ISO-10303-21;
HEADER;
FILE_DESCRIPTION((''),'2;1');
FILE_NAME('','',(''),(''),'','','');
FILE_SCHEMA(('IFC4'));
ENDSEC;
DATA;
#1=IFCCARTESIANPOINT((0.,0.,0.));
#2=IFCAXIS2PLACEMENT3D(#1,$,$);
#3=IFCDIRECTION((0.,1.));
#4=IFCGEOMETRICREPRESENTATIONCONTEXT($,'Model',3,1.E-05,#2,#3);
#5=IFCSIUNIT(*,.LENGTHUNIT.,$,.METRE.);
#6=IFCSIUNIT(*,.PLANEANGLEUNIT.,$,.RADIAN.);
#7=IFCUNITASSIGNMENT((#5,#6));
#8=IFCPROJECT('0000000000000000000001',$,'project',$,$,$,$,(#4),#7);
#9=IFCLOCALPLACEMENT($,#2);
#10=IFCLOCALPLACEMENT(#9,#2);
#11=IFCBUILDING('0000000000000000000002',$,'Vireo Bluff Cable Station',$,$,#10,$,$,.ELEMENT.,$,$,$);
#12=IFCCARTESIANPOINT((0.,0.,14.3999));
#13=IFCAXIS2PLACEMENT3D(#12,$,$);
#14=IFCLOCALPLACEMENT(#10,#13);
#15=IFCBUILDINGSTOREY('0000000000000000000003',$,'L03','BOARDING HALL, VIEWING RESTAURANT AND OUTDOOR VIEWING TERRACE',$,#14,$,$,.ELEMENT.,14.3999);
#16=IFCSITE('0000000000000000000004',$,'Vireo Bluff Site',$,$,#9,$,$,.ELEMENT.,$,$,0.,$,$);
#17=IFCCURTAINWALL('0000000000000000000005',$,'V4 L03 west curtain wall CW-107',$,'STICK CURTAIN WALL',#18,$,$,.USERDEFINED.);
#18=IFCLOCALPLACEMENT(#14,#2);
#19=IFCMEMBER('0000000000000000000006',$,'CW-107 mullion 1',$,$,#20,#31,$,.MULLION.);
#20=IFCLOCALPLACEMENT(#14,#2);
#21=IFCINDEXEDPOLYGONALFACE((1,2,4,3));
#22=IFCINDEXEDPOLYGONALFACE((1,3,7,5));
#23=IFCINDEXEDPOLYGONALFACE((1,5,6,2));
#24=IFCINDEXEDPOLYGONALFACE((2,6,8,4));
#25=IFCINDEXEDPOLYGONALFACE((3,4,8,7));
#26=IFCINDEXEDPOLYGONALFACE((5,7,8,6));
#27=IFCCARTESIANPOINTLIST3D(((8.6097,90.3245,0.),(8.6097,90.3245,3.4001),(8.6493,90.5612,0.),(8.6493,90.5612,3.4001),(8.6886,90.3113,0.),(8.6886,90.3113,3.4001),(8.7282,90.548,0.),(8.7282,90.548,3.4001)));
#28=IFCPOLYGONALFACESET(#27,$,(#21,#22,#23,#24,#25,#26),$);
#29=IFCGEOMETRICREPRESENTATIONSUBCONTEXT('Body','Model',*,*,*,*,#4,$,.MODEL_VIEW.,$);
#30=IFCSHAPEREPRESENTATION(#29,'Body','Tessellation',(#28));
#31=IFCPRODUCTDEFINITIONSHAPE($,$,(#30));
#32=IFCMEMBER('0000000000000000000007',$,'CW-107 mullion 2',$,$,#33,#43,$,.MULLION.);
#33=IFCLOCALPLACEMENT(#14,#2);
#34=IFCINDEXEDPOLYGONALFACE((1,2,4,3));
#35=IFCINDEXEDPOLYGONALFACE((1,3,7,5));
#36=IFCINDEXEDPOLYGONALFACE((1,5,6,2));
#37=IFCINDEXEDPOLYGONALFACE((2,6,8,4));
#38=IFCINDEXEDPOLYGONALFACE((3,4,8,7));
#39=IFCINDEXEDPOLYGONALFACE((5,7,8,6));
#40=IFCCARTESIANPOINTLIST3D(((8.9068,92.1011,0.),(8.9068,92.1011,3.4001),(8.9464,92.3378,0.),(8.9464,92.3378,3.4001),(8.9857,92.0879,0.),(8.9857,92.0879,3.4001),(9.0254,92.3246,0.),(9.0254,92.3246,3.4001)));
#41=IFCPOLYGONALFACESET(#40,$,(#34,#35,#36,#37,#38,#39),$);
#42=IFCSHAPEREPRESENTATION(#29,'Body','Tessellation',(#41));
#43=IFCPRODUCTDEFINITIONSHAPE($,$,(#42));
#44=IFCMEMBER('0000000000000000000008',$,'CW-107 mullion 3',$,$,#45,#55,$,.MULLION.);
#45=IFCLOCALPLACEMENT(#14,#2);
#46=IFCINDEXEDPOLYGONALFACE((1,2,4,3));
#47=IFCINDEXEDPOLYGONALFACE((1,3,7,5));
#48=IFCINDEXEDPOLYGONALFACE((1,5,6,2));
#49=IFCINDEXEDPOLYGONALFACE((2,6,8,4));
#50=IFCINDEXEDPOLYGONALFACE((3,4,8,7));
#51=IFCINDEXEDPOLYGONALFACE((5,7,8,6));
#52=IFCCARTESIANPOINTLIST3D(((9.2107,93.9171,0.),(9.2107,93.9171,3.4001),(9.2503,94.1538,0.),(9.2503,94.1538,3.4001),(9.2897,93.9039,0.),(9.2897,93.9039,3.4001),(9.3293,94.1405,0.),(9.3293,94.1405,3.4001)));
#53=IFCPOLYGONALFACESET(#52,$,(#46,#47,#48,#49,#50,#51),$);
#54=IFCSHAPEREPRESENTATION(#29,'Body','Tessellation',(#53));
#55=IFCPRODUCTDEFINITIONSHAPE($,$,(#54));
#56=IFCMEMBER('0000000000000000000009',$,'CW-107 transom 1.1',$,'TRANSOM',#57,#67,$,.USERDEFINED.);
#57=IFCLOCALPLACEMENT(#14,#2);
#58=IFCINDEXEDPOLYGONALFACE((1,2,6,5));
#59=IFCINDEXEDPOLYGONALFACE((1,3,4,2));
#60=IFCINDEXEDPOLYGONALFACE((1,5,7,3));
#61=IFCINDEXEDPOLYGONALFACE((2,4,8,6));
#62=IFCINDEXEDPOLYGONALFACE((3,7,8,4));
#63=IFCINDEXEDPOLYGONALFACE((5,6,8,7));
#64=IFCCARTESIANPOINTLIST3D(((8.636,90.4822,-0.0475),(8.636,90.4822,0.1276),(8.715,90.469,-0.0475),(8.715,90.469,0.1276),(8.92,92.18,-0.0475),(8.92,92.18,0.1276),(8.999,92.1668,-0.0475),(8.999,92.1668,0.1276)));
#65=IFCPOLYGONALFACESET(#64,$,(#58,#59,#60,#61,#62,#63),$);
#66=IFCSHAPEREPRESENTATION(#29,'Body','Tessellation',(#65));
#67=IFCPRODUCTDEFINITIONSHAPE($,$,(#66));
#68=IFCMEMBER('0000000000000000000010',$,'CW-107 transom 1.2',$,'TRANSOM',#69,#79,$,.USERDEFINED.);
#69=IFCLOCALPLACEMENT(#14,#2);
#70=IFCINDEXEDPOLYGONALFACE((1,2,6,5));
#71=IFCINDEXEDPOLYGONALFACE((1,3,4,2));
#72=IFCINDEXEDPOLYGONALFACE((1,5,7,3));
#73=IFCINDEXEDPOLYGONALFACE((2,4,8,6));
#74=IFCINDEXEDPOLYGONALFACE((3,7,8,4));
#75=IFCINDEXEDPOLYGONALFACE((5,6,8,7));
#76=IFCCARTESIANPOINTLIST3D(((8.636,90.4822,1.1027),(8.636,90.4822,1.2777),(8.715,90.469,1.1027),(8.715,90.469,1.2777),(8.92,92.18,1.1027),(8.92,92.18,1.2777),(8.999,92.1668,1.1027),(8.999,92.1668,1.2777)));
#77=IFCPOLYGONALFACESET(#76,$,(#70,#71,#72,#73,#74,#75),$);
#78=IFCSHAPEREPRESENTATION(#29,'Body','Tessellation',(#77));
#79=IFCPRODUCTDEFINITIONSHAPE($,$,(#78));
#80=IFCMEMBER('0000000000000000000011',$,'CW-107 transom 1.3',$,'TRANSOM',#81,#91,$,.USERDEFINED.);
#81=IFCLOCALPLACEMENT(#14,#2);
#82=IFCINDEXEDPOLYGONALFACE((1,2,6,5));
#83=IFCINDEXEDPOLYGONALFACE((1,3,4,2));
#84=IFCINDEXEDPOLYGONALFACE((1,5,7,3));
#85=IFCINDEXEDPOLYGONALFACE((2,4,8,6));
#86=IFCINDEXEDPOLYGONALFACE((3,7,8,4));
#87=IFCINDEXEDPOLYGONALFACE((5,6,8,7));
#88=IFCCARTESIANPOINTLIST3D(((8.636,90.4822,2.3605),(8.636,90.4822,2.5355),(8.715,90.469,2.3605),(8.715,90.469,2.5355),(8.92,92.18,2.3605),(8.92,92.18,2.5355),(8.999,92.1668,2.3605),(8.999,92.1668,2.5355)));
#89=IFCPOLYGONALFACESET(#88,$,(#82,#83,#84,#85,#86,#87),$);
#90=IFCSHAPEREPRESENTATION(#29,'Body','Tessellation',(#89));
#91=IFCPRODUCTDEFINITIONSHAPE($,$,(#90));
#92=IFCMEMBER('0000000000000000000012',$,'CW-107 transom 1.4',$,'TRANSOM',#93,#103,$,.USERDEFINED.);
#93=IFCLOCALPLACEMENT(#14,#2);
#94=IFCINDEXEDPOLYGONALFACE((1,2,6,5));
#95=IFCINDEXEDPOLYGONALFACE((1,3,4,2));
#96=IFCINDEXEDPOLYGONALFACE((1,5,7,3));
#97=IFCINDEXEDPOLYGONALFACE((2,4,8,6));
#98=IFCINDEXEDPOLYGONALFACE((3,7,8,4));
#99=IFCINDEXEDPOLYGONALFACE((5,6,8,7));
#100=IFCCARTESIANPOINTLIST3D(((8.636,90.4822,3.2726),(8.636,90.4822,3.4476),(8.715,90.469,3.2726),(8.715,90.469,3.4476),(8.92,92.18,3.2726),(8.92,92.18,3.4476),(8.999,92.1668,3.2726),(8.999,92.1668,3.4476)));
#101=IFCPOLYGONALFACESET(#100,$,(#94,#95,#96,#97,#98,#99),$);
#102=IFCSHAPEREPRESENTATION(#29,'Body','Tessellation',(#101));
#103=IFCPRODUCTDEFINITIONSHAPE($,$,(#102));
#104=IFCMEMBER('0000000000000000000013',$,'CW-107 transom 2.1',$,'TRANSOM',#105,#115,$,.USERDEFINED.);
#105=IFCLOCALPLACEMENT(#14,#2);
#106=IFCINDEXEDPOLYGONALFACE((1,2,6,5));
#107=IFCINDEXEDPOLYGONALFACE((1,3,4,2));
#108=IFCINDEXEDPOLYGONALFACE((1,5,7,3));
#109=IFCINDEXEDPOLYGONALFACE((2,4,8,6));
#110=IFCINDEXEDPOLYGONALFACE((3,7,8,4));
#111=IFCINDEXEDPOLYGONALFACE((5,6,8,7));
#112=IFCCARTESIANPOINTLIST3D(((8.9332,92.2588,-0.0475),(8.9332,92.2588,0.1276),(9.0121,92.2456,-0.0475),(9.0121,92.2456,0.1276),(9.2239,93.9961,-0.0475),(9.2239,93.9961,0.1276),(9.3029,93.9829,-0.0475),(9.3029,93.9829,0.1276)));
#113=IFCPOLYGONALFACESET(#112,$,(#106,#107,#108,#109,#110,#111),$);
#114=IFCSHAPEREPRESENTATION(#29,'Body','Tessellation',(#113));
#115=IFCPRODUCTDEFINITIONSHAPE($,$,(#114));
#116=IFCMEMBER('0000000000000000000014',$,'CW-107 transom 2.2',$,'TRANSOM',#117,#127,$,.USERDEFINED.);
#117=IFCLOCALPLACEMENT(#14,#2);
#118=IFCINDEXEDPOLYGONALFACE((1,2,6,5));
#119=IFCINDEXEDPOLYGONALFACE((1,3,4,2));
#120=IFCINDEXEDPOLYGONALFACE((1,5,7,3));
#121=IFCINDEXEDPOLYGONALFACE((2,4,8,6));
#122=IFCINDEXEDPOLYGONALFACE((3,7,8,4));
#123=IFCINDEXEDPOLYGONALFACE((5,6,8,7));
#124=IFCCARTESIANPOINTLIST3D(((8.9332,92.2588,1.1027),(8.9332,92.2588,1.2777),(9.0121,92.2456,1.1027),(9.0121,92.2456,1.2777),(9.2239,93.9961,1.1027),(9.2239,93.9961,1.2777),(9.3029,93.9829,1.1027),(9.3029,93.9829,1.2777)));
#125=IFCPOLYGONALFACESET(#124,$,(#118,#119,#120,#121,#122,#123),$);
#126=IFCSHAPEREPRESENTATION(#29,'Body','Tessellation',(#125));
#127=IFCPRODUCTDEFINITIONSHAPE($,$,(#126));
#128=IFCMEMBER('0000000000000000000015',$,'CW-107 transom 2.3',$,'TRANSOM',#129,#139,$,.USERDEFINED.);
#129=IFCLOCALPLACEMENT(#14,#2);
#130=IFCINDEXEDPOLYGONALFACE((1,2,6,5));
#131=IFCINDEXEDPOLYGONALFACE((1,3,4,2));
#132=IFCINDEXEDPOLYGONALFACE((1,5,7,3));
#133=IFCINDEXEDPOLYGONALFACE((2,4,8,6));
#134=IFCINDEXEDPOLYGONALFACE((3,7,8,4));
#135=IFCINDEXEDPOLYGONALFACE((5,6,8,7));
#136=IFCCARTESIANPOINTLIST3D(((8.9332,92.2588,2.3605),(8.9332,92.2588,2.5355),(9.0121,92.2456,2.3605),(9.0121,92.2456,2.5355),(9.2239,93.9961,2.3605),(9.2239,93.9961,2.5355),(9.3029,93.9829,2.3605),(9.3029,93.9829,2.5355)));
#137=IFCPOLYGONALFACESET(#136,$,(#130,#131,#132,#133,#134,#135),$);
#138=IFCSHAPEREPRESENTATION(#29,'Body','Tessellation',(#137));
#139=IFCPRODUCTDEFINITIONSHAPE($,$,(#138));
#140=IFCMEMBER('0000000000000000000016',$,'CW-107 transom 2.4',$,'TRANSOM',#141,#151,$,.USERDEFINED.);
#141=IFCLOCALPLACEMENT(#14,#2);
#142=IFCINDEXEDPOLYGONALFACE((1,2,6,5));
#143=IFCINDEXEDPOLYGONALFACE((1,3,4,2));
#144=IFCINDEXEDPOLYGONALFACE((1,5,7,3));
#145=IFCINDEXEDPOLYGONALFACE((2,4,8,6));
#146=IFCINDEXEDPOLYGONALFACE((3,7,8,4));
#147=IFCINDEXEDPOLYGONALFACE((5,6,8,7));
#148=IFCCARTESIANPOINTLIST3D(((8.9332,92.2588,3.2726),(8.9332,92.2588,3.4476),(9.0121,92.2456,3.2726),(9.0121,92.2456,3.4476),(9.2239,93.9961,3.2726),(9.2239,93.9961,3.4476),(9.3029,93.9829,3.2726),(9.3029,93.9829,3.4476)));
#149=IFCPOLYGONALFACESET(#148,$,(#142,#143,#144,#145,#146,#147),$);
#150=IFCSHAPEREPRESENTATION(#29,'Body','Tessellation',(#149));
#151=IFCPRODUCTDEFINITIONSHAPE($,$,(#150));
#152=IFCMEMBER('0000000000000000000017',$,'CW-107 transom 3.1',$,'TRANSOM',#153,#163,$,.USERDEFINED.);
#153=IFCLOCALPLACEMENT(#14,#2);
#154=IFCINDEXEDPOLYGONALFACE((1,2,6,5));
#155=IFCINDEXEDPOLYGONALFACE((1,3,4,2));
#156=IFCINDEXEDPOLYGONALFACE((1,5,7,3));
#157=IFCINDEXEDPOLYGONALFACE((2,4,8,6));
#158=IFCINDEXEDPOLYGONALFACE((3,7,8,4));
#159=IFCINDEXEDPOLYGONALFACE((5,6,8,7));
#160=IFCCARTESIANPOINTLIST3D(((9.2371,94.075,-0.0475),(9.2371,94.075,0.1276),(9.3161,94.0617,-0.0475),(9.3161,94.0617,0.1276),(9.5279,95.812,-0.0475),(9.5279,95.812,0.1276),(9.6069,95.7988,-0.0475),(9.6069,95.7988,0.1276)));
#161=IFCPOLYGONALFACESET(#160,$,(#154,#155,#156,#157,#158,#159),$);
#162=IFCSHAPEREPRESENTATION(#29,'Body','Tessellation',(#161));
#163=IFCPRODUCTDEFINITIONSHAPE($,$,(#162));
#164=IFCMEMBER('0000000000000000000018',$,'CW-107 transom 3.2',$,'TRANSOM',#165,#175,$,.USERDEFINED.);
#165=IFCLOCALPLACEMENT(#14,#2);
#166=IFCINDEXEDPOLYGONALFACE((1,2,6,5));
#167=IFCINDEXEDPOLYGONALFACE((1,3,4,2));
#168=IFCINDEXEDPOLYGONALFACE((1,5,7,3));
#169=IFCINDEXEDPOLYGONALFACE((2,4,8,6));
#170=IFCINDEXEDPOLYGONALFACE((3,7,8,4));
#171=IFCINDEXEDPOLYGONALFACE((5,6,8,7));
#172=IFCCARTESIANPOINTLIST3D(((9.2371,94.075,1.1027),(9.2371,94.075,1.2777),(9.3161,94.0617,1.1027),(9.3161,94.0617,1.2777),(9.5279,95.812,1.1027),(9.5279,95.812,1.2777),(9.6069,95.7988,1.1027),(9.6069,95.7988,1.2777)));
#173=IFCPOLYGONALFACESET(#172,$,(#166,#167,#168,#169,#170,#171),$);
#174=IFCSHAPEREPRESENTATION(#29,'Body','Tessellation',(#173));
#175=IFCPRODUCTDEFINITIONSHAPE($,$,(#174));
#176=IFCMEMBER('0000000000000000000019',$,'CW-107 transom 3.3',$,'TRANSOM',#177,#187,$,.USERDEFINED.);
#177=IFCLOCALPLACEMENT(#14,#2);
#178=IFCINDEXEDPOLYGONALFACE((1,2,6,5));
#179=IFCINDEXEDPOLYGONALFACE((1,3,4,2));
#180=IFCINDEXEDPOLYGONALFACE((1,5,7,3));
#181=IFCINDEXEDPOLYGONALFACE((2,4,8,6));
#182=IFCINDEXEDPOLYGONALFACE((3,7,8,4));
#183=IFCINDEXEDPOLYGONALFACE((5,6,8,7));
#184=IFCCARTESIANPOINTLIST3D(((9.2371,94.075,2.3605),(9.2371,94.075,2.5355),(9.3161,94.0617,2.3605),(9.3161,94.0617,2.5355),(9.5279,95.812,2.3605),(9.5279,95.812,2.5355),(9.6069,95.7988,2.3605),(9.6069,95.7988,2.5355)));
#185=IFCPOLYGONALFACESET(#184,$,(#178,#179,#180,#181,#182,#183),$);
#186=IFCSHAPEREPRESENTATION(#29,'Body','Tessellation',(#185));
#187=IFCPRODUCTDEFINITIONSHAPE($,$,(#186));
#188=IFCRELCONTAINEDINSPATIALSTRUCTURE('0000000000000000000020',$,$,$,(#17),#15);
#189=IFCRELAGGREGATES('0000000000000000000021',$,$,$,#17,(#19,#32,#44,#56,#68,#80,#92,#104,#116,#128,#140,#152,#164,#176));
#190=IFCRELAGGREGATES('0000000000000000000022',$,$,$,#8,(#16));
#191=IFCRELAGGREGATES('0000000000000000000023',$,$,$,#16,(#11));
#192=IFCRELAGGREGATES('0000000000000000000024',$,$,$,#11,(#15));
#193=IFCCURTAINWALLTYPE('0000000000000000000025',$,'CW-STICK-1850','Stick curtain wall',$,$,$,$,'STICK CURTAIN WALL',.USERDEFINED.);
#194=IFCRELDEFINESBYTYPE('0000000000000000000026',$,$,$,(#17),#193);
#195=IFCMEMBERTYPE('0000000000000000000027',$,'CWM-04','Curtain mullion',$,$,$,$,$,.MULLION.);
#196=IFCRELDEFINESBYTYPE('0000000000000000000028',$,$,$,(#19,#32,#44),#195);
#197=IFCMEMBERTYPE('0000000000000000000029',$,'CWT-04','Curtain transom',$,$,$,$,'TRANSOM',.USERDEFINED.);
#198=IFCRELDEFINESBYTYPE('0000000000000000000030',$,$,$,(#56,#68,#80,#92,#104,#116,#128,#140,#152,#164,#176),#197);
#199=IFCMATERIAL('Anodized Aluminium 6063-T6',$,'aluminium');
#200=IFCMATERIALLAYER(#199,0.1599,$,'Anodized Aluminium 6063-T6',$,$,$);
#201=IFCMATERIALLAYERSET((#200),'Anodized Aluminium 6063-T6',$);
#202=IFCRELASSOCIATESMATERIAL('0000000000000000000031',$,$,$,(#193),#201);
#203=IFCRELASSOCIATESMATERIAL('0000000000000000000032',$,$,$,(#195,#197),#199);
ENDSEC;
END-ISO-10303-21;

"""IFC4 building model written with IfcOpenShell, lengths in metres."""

from ifc_helpers import new_model, si_unit, direction, frame, origin, origin_2d, place, context, subcontext, project, spatial, rectangle, extrude, material, layer, layer_set, material_profile, profile_set, type_object, element, aggregate, save


model = new_model("IFC4")

# Units and contexts
model_context = context("Model", 3, precision=1e-05, world=origin(), true_north=direction((0.0, 1.0)))
body_context = subcontext(model_context, "Body", "Model", "MODEL_VIEW")
ifc_project = project(units=[si_unit("LENGTHUNIT", "METRE"), si_unit("PLANEANGLEUNIT", "RADIAN")], contexts=[model_context])

# Site, building, storey
site_placement = place(None, origin())
site = spatial("IfcSite", under=ifc_project, at=site_placement, Name="Vireo Bluff Site", CompositionType="ELEMENT", RefElevation=0.0)
building_placement = place(site_placement, origin())
building = spatial("IfcBuilding", under=site, at=building_placement, Name="Vireo Bluff Cable Station", CompositionType="ELEMENT")
storey_placement = place(building_placement, frame((0.0, 0.0, 14.3999)))
storey = spatial("IfcBuildingStorey", under=building, at=storey_placement, Name="L03", Description="BOARDING HALL, VIEWING RESTAURANT AND OUTDOOR VIEWING TERRACE", CompositionType="ELEMENT", Elevation=14.3999)

# Curtain wall, members
ifc_material_1 = material(Name="Anodized Aluminium 6063-T6", Category="aluminium")
ifc_layer_1 = layer(ifc_material_1, 0.1599, Name="Anodized Aluminium 6063-T6")
ifc_layer_set_1 = layer_set([ifc_layer_1], Name="Anodized Aluminium 6063-T6")
curtain_wall_type = type_object("IfcCurtainWallType", Name="CW-STICK-1850", Description="Stick curtain wall", ElementType="STICK CURTAIN WALL", PredefinedType="USERDEFINED", material=ifc_layer_set_1)
curtain_wall_placement = place(storey_placement, origin())
curtain_wall = element("IfcCurtainWall", 1, at=curtain_wall_placement, inside=storey, type_object=curtain_wall_type, Name="V4 L03 west curtain wall CW-107", ObjectType="STICK CURTAIN WALL", PredefinedType="USERDEFINED")
ifc_material_profile_1 = material_profile(ifc_material_1, rectangle(XDim=0.0801, YDim=0.24, at=origin_2d()), Name="ALU-M-80X240")
ifc_profile_set_1 = profile_set([ifc_material_profile_1], Name="Anodized Aluminium 6063-T6")
member_type_1 = type_object("IfcMemberType", Name="CWM-04", Description="Curtain mullion", PredefinedType="MULLION", material=ifc_profile_set_1)
member_1_placement = place(storey_placement, frame((8.6689, 90.4363, 0.0), z_axis=(0.0, 0.0, 1.0), x_axis=(-0.986286, 0.165048, 0.0)))
member_1 = element("IfcMember", 2, at=member_1_placement, type_object=member_type_1, Name="CW-107 mullion 1", PredefinedType="MULLION", context=body_context, shape_type="SweptSolid", body=[
    extrude(rectangle(XDim=0.0801, YDim=0.24, at=origin_2d()), origin(), (0.0, 0.0, 1.0), 3.4001),
])
member_2_placement = place(storey_placement, frame((8.9661, 92.2129, 0.0), z_axis=(0.0, 0.0, 1.0), x_axis=(-0.986286, 0.165048, 0.0)))
member_2 = element("IfcMember", 3, at=member_2_placement, type_object=member_type_1, Name="CW-107 mullion 2", PredefinedType="MULLION", context=body_context, shape_type="SweptSolid", body=[
    extrude(rectangle(XDim=0.0801, YDim=0.24, at=origin_2d()), origin(), (0.0, 0.0, 1.0), 3.4001),
])
member_3_placement = place(storey_placement, frame((9.27, 94.0288, 0.0), z_axis=(0.0, 0.0, 1.0), x_axis=(-0.986286, 0.165048, 0.0)))
member_3 = element("IfcMember", 4, at=member_3_placement, type_object=member_type_1, Name="CW-107 mullion 3", PredefinedType="MULLION", context=body_context, shape_type="SweptSolid", body=[
    extrude(rectangle(XDim=0.0801, YDim=0.24, at=origin_2d()), origin(), (0.0, 0.0, 1.0), 3.4001),
])
ifc_material_profile_2 = material_profile(ifc_material_1, rectangle(XDim=0.0801, YDim=0.175, at=origin_2d()), Name="ALU-T-80X175")
ifc_profile_set_2 = profile_set([ifc_material_profile_2], Name="Anodized Aluminium 6063-T6")
member_type_2 = type_object("IfcMemberType", Name="CWT-04", Description="Curtain transom", ElementType="TRANSOM", PredefinedType="USERDEFINED", material=ifc_profile_set_2)
member_4_placement = place(storey_placement, frame((8.6755, 90.4756, 0.04), z_axis=(0.164951, 0.986302, 0.0), x_axis=(-0.986302, 0.164951, 0.0)))
member_4 = element("IfcMember", 5, at=member_4_placement, type_object=member_type_2, Name="CW-107 transom 1.1", ObjectType="TRANSOM", PredefinedType="USERDEFINED", context=body_context, shape_type="SweptSolid", body=[
    extrude(rectangle(XDim=0.0801, YDim=0.175, at=origin_2d()), origin(), (0.0, 0.0, 1.0), 1.7214),
])
member_5_placement = place(storey_placement, frame((8.6755, 90.4756, 1.1902), z_axis=(0.164951, 0.986302, 0.0), x_axis=(-0.986302, 0.164951, 0.0)))
member_5 = element("IfcMember", 6, at=member_5_placement, type_object=member_type_2, Name="CW-107 transom 1.2", ObjectType="TRANSOM", PredefinedType="USERDEFINED", context=body_context, shape_type="SweptSolid", body=[
    extrude(rectangle(XDim=0.0801, YDim=0.175, at=origin_2d()), origin(), (0.0, 0.0, 1.0), 1.7214),
])
member_6_placement = place(storey_placement, frame((8.6755, 90.4756, 2.448), z_axis=(0.164951, 0.986302, 0.0), x_axis=(-0.986302, 0.164951, 0.0)))
member_6 = element("IfcMember", 7, at=member_6_placement, type_object=member_type_2, Name="CW-107 transom 1.3", ObjectType="TRANSOM", PredefinedType="USERDEFINED", context=body_context, shape_type="SweptSolid", body=[
    extrude(rectangle(XDim=0.0801, YDim=0.175, at=origin_2d()), origin(), (0.0, 0.0, 1.0), 1.7214),
])
member_7_placement = place(storey_placement, frame((8.6755, 90.4756, 3.3601), z_axis=(0.164951, 0.986302, 0.0), x_axis=(-0.986302, 0.164951, 0.0)))
member_7 = element("IfcMember", 8, at=member_7_placement, type_object=member_type_2, Name="CW-107 transom 1.4", ObjectType="TRANSOM", PredefinedType="USERDEFINED", context=body_context, shape_type="SweptSolid", body=[
    extrude(rectangle(XDim=0.0801, YDim=0.175, at=origin_2d()), origin(), (0.0, 0.0, 1.0), 1.7214),
])
member_8_placement = place(storey_placement, frame((8.9727, 92.2522, 0.04), z_axis=(0.165073, 0.986281, 0.0), x_axis=(-0.986281, 0.165073, 0.0)))
member_8 = element("IfcMember", 9, at=member_8_placement, type_object=member_type_2, Name="CW-107 transom 2.1", ObjectType="TRANSOM", PredefinedType="USERDEFINED", context=body_context, shape_type="SweptSolid", body=[
    extrude(rectangle(XDim=0.0801, YDim=0.175, at=origin_2d()), origin(), (0.0, 0.0, 1.0), 1.7615),
])
member_9_placement = place(storey_placement, frame((8.9727, 92.2522, 1.1902), z_axis=(0.165073, 0.986281, 0.0), x_axis=(-0.986281, 0.165073, 0.0)))
member_9 = element("IfcMember", 10, at=member_9_placement, type_object=member_type_2, Name="CW-107 transom 2.2", ObjectType="TRANSOM", PredefinedType="USERDEFINED", context=body_context, shape_type="SweptSolid", body=[
    extrude(rectangle(XDim=0.0801, YDim=0.175, at=origin_2d()), origin(), (0.0, 0.0, 1.0), 1.7615),
])
member_10_placement = place(storey_placement, frame((8.9727, 92.2522, 2.448), z_axis=(0.165073, 0.986281, 0.0), x_axis=(-0.986281, 0.165073, 0.0)))
member_10 = element("IfcMember", 11, at=member_10_placement, type_object=member_type_2, Name="CW-107 transom 2.3", ObjectType="TRANSOM", PredefinedType="USERDEFINED", context=body_context, shape_type="SweptSolid", body=[
    extrude(rectangle(XDim=0.0801, YDim=0.175, at=origin_2d()), origin(), (0.0, 0.0, 1.0), 1.7615),
])
member_11_placement = place(storey_placement, frame((8.9727, 92.2522, 3.3601), z_axis=(0.165073, 0.986281, 0.0), x_axis=(-0.986281, 0.165073, 0.0)))
member_11 = element("IfcMember", 12, at=member_11_placement, type_object=member_type_2, Name="CW-107 transom 2.4", ObjectType="TRANSOM", PredefinedType="USERDEFINED", context=body_context, shape_type="SweptSolid", body=[
    extrude(rectangle(XDim=0.0801, YDim=0.175, at=origin_2d()), origin(), (0.0, 0.0, 1.0), 1.7615),
])
member_12_placement = place(storey_placement, frame((9.2766, 94.0684, 0.04), z_axis=(0.165096, 0.986278, 0.0), x_axis=(-0.986278, 0.165096, 0.0)))
member_12 = element("IfcMember", 13, at=member_12_placement, type_object=member_type_2, Name="CW-107 transom 3.1", ObjectType="TRANSOM", PredefinedType="USERDEFINED", context=body_context, shape_type="SweptSolid", body=[
    extrude(rectangle(XDim=0.0801, YDim=0.175, at=origin_2d()), origin(), (0.0, 0.0, 1.0), 1.7612),
])
member_13_placement = place(storey_placement, frame((9.2766, 94.0684, 1.1902), z_axis=(0.165096, 0.986278, 0.0), x_axis=(-0.986278, 0.165096, 0.0)))
member_13 = element("IfcMember", 14, at=member_13_placement, type_object=member_type_2, Name="CW-107 transom 3.2", ObjectType="TRANSOM", PredefinedType="USERDEFINED", context=body_context, shape_type="SweptSolid", body=[
    extrude(rectangle(XDim=0.0801, YDim=0.175, at=origin_2d()), origin(), (0.0, 0.0, 1.0), 1.7612),
])
member_14_placement = place(storey_placement, frame((9.2766, 94.0684, 2.448), z_axis=(0.165096, 0.986278, 0.0), x_axis=(-0.986278, 0.165096, 0.0)))
member_14 = element("IfcMember", 15, at=member_14_placement, type_object=member_type_2, Name="CW-107 transom 3.3", ObjectType="TRANSOM", PredefinedType="USERDEFINED", context=body_context, shape_type="SweptSolid", body=[
    extrude(rectangle(XDim=0.0801, YDim=0.175, at=origin_2d()), origin(), (0.0, 0.0, 1.0), 1.7612),
])

aggregate(curtain_wall, [member_1, member_2, member_3, member_4, member_5, member_6, member_7, member_8, member_9, member_10, member_11, member_12, member_13, member_14])

save(model, "model.ifc")
